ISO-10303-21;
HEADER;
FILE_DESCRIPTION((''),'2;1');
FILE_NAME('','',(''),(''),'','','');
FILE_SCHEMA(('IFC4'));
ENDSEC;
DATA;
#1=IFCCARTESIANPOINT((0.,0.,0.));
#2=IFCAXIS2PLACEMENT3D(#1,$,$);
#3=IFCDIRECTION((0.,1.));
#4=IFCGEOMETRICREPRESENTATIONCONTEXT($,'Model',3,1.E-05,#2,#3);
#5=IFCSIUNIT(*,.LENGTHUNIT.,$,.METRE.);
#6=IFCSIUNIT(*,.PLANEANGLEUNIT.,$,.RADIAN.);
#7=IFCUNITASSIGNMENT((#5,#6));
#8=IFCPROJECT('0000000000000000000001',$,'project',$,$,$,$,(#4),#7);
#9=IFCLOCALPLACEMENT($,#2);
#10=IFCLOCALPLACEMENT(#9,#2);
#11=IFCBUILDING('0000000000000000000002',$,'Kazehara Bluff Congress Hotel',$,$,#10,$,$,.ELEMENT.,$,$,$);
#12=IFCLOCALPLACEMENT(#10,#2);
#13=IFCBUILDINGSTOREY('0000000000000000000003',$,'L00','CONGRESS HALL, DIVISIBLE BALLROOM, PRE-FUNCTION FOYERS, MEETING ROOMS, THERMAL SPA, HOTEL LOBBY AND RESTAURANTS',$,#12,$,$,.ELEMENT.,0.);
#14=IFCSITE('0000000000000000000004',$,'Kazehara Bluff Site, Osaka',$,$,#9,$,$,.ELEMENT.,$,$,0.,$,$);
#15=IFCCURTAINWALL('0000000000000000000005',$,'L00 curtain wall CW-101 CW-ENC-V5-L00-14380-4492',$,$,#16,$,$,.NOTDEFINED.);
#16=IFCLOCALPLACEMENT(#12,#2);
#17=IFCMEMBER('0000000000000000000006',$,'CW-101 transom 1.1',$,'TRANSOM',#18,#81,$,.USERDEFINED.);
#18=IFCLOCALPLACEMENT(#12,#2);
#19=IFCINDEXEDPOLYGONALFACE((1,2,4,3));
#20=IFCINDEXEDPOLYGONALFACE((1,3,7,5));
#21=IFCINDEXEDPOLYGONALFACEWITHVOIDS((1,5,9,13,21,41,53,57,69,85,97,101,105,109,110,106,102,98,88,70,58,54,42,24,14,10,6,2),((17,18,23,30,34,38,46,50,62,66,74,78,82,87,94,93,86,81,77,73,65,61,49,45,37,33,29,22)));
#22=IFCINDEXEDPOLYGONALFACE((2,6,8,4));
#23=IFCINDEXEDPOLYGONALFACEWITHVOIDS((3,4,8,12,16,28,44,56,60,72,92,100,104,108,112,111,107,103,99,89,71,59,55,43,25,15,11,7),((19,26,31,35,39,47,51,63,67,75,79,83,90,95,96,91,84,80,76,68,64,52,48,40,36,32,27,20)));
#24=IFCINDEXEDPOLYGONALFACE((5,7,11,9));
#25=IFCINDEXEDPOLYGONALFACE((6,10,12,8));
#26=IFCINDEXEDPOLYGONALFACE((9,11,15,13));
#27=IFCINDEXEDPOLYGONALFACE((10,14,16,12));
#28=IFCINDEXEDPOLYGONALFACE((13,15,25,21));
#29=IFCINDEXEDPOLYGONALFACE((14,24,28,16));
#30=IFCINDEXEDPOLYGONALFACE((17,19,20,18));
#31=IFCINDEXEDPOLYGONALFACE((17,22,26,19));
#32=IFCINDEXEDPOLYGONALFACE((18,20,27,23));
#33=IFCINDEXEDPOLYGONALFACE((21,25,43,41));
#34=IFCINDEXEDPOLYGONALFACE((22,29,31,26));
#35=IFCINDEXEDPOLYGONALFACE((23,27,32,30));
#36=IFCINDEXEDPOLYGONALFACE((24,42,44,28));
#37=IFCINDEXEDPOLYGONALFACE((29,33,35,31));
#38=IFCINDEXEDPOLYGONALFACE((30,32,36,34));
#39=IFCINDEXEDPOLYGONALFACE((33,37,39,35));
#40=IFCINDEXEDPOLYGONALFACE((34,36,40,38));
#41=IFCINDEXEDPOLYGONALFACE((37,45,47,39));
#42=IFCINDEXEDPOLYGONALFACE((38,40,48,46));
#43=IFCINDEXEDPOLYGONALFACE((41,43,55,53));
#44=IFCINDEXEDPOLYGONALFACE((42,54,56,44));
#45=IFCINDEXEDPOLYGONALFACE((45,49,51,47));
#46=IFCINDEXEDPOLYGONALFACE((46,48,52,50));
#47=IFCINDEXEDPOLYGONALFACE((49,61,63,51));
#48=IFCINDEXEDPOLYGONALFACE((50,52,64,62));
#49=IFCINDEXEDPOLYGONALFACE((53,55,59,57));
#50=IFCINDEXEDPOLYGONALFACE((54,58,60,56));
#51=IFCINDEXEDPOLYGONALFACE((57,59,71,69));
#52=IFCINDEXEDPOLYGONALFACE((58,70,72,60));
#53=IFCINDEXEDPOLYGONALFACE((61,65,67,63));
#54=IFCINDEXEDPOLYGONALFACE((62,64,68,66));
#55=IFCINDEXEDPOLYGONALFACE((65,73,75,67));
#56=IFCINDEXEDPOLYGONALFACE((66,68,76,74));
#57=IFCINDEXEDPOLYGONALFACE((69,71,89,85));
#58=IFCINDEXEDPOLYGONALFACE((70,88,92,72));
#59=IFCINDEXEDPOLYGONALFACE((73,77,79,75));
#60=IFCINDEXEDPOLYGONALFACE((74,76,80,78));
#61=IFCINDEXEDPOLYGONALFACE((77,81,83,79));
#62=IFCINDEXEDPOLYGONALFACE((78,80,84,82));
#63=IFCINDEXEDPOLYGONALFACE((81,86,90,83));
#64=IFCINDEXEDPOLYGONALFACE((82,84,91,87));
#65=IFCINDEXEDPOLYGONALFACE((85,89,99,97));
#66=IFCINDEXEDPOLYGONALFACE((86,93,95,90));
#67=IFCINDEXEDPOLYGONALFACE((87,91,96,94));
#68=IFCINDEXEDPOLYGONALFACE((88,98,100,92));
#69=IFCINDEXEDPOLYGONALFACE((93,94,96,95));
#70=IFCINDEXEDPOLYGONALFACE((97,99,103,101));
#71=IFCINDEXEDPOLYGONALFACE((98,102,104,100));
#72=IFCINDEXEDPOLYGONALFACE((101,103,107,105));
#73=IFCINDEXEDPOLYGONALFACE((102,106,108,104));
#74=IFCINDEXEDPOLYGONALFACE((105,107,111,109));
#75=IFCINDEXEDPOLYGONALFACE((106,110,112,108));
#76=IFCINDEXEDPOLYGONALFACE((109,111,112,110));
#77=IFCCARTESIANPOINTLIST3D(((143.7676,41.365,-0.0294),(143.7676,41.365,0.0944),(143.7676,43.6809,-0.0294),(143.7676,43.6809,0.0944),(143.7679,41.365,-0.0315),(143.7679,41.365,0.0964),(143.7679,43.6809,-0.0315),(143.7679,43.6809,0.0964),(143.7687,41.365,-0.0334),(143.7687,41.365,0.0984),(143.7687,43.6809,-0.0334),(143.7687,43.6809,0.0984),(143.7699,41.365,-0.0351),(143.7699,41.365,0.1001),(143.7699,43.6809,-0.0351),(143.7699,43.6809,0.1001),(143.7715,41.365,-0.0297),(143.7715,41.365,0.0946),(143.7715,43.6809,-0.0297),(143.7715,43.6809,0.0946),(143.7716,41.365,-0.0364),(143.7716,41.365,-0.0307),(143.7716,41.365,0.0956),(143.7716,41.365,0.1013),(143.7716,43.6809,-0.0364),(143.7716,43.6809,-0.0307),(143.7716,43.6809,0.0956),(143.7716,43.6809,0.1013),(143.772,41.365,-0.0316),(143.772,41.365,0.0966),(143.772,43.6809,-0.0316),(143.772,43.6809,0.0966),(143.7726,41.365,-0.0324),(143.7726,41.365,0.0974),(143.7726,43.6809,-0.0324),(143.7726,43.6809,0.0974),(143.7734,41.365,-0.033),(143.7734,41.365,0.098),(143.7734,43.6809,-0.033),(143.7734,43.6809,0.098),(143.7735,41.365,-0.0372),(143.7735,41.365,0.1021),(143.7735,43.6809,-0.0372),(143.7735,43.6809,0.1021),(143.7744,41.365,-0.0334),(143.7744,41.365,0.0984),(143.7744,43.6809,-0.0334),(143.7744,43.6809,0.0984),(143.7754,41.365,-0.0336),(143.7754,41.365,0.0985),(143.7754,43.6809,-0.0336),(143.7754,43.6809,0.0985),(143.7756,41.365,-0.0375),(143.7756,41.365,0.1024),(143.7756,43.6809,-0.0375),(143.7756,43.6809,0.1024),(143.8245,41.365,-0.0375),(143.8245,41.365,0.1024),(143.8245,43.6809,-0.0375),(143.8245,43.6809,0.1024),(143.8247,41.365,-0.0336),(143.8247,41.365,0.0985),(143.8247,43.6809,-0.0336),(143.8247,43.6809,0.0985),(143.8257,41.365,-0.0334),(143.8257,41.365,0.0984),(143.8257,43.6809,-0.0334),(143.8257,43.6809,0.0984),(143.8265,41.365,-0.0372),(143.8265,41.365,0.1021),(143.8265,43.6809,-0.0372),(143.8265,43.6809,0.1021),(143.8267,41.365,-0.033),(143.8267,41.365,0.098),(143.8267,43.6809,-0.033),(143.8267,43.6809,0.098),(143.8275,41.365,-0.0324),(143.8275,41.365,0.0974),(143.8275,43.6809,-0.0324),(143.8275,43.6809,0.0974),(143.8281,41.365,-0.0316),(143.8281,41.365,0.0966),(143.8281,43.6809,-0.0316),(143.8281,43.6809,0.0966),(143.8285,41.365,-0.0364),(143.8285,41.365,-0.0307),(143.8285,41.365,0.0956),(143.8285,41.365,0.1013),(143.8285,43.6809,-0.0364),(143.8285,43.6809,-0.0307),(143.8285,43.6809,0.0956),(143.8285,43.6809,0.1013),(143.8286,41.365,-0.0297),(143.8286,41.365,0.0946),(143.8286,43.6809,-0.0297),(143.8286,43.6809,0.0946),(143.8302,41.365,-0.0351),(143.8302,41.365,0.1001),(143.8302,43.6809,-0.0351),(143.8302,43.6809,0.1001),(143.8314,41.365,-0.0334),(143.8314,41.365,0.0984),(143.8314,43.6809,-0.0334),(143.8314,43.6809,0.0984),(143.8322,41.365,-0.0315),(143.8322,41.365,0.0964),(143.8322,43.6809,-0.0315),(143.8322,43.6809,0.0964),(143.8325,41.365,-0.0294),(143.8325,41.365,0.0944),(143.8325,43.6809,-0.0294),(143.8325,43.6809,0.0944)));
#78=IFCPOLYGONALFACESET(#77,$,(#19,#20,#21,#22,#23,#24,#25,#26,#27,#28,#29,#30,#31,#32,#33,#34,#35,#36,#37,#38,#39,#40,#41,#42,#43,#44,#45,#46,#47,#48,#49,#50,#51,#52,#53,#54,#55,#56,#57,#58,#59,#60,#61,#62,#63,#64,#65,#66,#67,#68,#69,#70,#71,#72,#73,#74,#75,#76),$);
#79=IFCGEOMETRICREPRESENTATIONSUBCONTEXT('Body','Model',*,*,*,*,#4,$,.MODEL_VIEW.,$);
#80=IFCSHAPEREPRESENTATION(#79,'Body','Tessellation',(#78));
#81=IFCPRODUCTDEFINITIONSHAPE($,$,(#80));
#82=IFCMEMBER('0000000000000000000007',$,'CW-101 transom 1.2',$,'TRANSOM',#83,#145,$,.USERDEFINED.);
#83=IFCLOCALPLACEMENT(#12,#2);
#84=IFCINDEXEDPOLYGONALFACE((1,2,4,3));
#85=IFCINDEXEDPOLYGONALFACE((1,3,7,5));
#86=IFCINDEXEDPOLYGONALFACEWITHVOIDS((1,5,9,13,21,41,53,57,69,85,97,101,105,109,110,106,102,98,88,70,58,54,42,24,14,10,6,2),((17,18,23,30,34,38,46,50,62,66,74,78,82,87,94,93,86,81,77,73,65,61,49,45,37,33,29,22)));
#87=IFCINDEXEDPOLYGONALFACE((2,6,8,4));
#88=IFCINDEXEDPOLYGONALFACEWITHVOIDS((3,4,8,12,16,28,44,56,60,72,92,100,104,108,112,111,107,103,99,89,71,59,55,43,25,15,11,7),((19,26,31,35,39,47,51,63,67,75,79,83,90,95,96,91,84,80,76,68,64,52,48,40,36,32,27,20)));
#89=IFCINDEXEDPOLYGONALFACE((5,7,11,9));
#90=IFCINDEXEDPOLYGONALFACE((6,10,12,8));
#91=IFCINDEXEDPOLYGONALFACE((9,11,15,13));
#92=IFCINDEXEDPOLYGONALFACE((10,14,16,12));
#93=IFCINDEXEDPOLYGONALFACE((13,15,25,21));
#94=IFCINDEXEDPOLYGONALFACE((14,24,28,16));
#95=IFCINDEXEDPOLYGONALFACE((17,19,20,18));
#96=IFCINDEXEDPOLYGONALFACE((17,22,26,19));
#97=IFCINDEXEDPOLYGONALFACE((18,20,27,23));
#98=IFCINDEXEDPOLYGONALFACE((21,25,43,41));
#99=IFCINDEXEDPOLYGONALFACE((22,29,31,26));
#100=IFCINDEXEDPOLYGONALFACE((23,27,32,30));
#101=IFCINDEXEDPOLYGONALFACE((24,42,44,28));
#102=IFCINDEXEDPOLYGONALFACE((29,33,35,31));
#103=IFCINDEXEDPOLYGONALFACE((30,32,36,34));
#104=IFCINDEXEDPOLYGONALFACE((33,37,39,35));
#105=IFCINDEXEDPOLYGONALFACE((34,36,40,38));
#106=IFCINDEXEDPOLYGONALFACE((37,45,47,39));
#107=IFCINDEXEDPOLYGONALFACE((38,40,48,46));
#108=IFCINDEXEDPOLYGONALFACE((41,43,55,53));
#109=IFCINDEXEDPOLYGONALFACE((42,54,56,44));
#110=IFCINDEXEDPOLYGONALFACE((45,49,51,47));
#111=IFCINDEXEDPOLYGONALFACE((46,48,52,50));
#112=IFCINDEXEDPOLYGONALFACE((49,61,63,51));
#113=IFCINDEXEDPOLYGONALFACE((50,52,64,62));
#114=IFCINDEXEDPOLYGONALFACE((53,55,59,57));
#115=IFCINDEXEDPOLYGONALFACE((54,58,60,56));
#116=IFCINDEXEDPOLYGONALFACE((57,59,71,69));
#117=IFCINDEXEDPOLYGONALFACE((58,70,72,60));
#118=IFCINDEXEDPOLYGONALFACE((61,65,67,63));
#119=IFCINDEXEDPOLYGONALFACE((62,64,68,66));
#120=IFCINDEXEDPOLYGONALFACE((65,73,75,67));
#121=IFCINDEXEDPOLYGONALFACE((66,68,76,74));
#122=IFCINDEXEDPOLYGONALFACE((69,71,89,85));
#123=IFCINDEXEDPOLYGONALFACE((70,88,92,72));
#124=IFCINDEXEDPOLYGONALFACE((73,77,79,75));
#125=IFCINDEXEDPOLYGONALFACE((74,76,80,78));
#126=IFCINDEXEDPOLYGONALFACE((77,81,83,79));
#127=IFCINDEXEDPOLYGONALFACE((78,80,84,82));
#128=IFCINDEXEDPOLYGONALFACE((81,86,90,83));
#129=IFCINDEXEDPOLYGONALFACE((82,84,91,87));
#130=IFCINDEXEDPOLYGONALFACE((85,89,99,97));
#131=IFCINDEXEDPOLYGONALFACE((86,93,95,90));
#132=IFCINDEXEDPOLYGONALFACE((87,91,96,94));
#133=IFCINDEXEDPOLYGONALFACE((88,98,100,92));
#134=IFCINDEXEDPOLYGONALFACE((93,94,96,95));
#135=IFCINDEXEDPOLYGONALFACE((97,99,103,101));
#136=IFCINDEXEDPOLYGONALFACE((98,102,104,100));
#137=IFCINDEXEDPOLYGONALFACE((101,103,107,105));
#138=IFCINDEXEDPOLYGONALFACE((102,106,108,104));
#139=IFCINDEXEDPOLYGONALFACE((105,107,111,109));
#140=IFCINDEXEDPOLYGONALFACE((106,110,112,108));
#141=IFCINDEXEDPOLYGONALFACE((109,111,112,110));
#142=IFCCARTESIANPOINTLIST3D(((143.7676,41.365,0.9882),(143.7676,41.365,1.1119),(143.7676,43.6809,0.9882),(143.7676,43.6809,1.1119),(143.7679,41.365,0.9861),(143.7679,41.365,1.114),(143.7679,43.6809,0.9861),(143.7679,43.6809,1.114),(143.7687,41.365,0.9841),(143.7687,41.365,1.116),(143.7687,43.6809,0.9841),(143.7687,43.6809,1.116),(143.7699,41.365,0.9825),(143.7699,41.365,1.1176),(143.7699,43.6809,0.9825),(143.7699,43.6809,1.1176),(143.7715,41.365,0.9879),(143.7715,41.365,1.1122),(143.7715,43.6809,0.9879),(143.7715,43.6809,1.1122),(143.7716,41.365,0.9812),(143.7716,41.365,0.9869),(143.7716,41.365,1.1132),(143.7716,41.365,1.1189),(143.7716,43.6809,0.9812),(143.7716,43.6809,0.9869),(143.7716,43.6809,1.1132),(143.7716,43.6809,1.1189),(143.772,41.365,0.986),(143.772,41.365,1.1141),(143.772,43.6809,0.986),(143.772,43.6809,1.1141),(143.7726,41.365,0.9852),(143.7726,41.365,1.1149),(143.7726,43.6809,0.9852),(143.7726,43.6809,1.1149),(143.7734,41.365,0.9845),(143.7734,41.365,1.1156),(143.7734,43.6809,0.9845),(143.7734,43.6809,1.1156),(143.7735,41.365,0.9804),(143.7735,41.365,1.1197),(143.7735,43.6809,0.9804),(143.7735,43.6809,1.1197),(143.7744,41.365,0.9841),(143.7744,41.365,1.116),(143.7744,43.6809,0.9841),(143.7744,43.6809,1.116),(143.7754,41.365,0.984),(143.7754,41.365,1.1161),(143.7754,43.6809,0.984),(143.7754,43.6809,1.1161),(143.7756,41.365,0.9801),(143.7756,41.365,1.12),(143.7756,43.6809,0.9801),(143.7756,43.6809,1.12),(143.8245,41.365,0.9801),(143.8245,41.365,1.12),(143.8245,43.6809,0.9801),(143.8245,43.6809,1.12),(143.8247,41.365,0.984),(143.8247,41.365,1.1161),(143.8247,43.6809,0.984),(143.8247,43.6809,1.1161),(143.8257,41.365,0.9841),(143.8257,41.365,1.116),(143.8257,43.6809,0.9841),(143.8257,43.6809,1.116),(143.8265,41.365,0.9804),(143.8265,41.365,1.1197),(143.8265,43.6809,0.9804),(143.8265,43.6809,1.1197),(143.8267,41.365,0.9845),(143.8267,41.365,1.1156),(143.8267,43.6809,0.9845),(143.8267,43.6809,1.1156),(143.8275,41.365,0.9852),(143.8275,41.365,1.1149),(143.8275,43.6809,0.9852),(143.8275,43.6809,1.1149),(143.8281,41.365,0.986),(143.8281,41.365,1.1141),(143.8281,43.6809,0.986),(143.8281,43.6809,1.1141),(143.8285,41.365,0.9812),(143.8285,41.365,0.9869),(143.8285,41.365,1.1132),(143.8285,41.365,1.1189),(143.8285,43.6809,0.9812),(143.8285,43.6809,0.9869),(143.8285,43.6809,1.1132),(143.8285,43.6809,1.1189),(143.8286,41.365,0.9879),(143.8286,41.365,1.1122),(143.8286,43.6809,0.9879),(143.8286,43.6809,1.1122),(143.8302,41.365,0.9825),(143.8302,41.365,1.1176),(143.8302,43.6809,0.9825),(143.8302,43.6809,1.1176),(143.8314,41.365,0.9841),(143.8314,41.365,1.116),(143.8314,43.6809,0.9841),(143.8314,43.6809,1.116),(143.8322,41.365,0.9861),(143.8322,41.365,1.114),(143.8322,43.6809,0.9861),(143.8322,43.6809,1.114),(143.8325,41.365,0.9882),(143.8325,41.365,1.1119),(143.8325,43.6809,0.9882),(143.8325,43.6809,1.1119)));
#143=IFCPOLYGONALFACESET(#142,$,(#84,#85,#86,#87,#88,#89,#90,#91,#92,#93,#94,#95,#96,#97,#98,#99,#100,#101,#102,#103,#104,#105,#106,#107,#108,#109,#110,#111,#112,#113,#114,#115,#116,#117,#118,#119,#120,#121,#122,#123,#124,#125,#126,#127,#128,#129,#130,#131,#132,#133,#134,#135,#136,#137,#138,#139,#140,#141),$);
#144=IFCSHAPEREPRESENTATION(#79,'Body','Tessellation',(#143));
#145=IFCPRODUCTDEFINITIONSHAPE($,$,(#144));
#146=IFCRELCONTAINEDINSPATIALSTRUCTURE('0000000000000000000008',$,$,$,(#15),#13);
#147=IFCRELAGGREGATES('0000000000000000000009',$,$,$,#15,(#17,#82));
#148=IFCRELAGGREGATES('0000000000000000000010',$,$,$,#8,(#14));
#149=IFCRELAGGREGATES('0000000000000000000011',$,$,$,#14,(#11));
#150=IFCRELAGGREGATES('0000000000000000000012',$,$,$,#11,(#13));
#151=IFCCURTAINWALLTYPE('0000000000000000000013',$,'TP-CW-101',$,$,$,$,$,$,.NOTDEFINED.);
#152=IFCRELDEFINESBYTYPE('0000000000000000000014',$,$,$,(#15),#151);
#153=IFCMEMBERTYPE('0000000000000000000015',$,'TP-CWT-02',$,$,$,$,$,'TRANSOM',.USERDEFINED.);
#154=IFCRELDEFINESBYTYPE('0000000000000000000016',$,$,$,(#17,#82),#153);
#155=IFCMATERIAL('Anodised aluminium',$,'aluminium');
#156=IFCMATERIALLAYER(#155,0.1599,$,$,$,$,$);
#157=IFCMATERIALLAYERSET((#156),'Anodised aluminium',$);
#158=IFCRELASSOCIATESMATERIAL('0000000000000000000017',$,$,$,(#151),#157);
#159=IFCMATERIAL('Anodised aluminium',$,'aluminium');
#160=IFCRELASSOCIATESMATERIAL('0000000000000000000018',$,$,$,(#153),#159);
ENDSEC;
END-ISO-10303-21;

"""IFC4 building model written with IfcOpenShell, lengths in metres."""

from ifc_helpers import new_model, si_unit, direction, frame, origin, origin_2d, place, context, subcontext, project, spatial, hollow_rectangle, extrude, material, layer, layer_set, material_profile, profile_set, type_object, element, aggregate, save


model = new_model("IFC4")

# Units and contexts
model_context = context("Model", 3, precision=1e-05, world=origin(), true_north=direction((0.0, 1.0)))
body_context = subcontext(model_context, "Body", "Model", "MODEL_VIEW")
ifc_project = project(units=[si_unit("LENGTHUNIT", "METRE"), si_unit("PLANEANGLEUNIT", "RADIAN")], contexts=[model_context])

# Site, building, storey
site_placement = place(None, origin())
site = spatial("IfcSite", under=ifc_project, at=site_placement, Name="Kazehara Bluff Site, Osaka", CompositionType="ELEMENT", RefElevation=0.0)
building_placement = place(site_placement, origin())
building = spatial("IfcBuilding", under=site, at=building_placement, Name="Kazehara Bluff Congress Hotel", CompositionType="ELEMENT")
storey_placement = place(building_placement, origin())
storey = spatial("IfcBuildingStorey", under=building, at=storey_placement, Name="L00", Description="CONGRESS HALL, DIVISIBLE BALLROOM, PRE-FUNCTION FOYERS, MEETING ROOMS, THERMAL SPA, HOTEL LOBBY AND RESTAURANTS", CompositionType="ELEMENT", Elevation=0.0)

# Curtain wall
ifc_material_1 = material(Name="Anodised aluminium", Category="aluminium")
ifc_layer_1 = layer(ifc_material_1, 0.1599)
ifc_layer_set_1 = layer_set([ifc_layer_1], Name="Anodised aluminium")
curtain_wall_type_1 = type_object("IfcCurtainWallType", Name="TP-CW-101", PredefinedType="NOTDEFINED", material=ifc_layer_set_1)
curtain_wall_1_placement = place(storey_placement, origin())
curtain_wall_1 = element("IfcCurtainWall", 1, at=curtain_wall_1_placement, inside=storey, type_object=curtain_wall_type_1, Name="L00 curtain wall CW-101 CW-ENC-V5-L00-14380-4492", PredefinedType="NOTDEFINED")

# Members
ifc_material_2 = material(Name="Anodised aluminium", Category="aluminium")
ifc_material_profile_1 = material_profile(ifc_material_2, hollow_rectangle(XDim=0.0649, YDim=0.1399, WallThickness=0.0039, InnerFilletRadius=0.0039, OuterFilletRadius=0.0081, at=origin_2d()))
ifc_profile_set_1 = profile_set([ifc_material_profile_1], Name="Anodised aluminium")
member_type_1 = type_object("IfcMemberType", Name="TP-CWT-02", ElementType="TRANSOM", PredefinedType="USERDEFINED", material=ifc_profile_set_1)
member_1_placement = place(storey_placement, frame((143.8, 41.365, 0.0325), z_axis=(0.0, 1.0, 0.0), x_axis=(-1.0, 0.0, 0.0)))
member_1 = element("IfcMember", 2, at=member_1_placement, type_object=member_type_1, Name="CW-101 transom 1.1", ObjectType="TRANSOM", PredefinedType="USERDEFINED", context=body_context, shape_type="SweptSolid", body=[
    extrude(hollow_rectangle(XDim=0.0649, YDim=0.1399, WallThickness=0.0039, InnerFilletRadius=0.0039, OuterFilletRadius=0.0081, at=origin_2d()), origin(), (0.0, 0.0, 1.0), 2.3159),
])
member_2_placement = place(storey_placement, frame((143.8, 41.365, 1.05), z_axis=(0.0, 1.0, 0.0), x_axis=(-1.0, 0.0, 0.0)))
member_2 = element("IfcMember", 3, at=member_2_placement, type_object=member_type_1, Name="CW-101 transom 1.2", ObjectType="TRANSOM", PredefinedType="USERDEFINED", context=body_context, shape_type="SweptSolid", body=[
    extrude(hollow_rectangle(XDim=0.0649, YDim=0.1399, WallThickness=0.0039, InnerFilletRadius=0.0039, OuterFilletRadius=0.0081, at=origin_2d()), origin(), (0.0, 0.0, 1.0), 2.3159),
])

aggregate(curtain_wall_1, [member_1, member_2])

save(model, "model.ifc")
